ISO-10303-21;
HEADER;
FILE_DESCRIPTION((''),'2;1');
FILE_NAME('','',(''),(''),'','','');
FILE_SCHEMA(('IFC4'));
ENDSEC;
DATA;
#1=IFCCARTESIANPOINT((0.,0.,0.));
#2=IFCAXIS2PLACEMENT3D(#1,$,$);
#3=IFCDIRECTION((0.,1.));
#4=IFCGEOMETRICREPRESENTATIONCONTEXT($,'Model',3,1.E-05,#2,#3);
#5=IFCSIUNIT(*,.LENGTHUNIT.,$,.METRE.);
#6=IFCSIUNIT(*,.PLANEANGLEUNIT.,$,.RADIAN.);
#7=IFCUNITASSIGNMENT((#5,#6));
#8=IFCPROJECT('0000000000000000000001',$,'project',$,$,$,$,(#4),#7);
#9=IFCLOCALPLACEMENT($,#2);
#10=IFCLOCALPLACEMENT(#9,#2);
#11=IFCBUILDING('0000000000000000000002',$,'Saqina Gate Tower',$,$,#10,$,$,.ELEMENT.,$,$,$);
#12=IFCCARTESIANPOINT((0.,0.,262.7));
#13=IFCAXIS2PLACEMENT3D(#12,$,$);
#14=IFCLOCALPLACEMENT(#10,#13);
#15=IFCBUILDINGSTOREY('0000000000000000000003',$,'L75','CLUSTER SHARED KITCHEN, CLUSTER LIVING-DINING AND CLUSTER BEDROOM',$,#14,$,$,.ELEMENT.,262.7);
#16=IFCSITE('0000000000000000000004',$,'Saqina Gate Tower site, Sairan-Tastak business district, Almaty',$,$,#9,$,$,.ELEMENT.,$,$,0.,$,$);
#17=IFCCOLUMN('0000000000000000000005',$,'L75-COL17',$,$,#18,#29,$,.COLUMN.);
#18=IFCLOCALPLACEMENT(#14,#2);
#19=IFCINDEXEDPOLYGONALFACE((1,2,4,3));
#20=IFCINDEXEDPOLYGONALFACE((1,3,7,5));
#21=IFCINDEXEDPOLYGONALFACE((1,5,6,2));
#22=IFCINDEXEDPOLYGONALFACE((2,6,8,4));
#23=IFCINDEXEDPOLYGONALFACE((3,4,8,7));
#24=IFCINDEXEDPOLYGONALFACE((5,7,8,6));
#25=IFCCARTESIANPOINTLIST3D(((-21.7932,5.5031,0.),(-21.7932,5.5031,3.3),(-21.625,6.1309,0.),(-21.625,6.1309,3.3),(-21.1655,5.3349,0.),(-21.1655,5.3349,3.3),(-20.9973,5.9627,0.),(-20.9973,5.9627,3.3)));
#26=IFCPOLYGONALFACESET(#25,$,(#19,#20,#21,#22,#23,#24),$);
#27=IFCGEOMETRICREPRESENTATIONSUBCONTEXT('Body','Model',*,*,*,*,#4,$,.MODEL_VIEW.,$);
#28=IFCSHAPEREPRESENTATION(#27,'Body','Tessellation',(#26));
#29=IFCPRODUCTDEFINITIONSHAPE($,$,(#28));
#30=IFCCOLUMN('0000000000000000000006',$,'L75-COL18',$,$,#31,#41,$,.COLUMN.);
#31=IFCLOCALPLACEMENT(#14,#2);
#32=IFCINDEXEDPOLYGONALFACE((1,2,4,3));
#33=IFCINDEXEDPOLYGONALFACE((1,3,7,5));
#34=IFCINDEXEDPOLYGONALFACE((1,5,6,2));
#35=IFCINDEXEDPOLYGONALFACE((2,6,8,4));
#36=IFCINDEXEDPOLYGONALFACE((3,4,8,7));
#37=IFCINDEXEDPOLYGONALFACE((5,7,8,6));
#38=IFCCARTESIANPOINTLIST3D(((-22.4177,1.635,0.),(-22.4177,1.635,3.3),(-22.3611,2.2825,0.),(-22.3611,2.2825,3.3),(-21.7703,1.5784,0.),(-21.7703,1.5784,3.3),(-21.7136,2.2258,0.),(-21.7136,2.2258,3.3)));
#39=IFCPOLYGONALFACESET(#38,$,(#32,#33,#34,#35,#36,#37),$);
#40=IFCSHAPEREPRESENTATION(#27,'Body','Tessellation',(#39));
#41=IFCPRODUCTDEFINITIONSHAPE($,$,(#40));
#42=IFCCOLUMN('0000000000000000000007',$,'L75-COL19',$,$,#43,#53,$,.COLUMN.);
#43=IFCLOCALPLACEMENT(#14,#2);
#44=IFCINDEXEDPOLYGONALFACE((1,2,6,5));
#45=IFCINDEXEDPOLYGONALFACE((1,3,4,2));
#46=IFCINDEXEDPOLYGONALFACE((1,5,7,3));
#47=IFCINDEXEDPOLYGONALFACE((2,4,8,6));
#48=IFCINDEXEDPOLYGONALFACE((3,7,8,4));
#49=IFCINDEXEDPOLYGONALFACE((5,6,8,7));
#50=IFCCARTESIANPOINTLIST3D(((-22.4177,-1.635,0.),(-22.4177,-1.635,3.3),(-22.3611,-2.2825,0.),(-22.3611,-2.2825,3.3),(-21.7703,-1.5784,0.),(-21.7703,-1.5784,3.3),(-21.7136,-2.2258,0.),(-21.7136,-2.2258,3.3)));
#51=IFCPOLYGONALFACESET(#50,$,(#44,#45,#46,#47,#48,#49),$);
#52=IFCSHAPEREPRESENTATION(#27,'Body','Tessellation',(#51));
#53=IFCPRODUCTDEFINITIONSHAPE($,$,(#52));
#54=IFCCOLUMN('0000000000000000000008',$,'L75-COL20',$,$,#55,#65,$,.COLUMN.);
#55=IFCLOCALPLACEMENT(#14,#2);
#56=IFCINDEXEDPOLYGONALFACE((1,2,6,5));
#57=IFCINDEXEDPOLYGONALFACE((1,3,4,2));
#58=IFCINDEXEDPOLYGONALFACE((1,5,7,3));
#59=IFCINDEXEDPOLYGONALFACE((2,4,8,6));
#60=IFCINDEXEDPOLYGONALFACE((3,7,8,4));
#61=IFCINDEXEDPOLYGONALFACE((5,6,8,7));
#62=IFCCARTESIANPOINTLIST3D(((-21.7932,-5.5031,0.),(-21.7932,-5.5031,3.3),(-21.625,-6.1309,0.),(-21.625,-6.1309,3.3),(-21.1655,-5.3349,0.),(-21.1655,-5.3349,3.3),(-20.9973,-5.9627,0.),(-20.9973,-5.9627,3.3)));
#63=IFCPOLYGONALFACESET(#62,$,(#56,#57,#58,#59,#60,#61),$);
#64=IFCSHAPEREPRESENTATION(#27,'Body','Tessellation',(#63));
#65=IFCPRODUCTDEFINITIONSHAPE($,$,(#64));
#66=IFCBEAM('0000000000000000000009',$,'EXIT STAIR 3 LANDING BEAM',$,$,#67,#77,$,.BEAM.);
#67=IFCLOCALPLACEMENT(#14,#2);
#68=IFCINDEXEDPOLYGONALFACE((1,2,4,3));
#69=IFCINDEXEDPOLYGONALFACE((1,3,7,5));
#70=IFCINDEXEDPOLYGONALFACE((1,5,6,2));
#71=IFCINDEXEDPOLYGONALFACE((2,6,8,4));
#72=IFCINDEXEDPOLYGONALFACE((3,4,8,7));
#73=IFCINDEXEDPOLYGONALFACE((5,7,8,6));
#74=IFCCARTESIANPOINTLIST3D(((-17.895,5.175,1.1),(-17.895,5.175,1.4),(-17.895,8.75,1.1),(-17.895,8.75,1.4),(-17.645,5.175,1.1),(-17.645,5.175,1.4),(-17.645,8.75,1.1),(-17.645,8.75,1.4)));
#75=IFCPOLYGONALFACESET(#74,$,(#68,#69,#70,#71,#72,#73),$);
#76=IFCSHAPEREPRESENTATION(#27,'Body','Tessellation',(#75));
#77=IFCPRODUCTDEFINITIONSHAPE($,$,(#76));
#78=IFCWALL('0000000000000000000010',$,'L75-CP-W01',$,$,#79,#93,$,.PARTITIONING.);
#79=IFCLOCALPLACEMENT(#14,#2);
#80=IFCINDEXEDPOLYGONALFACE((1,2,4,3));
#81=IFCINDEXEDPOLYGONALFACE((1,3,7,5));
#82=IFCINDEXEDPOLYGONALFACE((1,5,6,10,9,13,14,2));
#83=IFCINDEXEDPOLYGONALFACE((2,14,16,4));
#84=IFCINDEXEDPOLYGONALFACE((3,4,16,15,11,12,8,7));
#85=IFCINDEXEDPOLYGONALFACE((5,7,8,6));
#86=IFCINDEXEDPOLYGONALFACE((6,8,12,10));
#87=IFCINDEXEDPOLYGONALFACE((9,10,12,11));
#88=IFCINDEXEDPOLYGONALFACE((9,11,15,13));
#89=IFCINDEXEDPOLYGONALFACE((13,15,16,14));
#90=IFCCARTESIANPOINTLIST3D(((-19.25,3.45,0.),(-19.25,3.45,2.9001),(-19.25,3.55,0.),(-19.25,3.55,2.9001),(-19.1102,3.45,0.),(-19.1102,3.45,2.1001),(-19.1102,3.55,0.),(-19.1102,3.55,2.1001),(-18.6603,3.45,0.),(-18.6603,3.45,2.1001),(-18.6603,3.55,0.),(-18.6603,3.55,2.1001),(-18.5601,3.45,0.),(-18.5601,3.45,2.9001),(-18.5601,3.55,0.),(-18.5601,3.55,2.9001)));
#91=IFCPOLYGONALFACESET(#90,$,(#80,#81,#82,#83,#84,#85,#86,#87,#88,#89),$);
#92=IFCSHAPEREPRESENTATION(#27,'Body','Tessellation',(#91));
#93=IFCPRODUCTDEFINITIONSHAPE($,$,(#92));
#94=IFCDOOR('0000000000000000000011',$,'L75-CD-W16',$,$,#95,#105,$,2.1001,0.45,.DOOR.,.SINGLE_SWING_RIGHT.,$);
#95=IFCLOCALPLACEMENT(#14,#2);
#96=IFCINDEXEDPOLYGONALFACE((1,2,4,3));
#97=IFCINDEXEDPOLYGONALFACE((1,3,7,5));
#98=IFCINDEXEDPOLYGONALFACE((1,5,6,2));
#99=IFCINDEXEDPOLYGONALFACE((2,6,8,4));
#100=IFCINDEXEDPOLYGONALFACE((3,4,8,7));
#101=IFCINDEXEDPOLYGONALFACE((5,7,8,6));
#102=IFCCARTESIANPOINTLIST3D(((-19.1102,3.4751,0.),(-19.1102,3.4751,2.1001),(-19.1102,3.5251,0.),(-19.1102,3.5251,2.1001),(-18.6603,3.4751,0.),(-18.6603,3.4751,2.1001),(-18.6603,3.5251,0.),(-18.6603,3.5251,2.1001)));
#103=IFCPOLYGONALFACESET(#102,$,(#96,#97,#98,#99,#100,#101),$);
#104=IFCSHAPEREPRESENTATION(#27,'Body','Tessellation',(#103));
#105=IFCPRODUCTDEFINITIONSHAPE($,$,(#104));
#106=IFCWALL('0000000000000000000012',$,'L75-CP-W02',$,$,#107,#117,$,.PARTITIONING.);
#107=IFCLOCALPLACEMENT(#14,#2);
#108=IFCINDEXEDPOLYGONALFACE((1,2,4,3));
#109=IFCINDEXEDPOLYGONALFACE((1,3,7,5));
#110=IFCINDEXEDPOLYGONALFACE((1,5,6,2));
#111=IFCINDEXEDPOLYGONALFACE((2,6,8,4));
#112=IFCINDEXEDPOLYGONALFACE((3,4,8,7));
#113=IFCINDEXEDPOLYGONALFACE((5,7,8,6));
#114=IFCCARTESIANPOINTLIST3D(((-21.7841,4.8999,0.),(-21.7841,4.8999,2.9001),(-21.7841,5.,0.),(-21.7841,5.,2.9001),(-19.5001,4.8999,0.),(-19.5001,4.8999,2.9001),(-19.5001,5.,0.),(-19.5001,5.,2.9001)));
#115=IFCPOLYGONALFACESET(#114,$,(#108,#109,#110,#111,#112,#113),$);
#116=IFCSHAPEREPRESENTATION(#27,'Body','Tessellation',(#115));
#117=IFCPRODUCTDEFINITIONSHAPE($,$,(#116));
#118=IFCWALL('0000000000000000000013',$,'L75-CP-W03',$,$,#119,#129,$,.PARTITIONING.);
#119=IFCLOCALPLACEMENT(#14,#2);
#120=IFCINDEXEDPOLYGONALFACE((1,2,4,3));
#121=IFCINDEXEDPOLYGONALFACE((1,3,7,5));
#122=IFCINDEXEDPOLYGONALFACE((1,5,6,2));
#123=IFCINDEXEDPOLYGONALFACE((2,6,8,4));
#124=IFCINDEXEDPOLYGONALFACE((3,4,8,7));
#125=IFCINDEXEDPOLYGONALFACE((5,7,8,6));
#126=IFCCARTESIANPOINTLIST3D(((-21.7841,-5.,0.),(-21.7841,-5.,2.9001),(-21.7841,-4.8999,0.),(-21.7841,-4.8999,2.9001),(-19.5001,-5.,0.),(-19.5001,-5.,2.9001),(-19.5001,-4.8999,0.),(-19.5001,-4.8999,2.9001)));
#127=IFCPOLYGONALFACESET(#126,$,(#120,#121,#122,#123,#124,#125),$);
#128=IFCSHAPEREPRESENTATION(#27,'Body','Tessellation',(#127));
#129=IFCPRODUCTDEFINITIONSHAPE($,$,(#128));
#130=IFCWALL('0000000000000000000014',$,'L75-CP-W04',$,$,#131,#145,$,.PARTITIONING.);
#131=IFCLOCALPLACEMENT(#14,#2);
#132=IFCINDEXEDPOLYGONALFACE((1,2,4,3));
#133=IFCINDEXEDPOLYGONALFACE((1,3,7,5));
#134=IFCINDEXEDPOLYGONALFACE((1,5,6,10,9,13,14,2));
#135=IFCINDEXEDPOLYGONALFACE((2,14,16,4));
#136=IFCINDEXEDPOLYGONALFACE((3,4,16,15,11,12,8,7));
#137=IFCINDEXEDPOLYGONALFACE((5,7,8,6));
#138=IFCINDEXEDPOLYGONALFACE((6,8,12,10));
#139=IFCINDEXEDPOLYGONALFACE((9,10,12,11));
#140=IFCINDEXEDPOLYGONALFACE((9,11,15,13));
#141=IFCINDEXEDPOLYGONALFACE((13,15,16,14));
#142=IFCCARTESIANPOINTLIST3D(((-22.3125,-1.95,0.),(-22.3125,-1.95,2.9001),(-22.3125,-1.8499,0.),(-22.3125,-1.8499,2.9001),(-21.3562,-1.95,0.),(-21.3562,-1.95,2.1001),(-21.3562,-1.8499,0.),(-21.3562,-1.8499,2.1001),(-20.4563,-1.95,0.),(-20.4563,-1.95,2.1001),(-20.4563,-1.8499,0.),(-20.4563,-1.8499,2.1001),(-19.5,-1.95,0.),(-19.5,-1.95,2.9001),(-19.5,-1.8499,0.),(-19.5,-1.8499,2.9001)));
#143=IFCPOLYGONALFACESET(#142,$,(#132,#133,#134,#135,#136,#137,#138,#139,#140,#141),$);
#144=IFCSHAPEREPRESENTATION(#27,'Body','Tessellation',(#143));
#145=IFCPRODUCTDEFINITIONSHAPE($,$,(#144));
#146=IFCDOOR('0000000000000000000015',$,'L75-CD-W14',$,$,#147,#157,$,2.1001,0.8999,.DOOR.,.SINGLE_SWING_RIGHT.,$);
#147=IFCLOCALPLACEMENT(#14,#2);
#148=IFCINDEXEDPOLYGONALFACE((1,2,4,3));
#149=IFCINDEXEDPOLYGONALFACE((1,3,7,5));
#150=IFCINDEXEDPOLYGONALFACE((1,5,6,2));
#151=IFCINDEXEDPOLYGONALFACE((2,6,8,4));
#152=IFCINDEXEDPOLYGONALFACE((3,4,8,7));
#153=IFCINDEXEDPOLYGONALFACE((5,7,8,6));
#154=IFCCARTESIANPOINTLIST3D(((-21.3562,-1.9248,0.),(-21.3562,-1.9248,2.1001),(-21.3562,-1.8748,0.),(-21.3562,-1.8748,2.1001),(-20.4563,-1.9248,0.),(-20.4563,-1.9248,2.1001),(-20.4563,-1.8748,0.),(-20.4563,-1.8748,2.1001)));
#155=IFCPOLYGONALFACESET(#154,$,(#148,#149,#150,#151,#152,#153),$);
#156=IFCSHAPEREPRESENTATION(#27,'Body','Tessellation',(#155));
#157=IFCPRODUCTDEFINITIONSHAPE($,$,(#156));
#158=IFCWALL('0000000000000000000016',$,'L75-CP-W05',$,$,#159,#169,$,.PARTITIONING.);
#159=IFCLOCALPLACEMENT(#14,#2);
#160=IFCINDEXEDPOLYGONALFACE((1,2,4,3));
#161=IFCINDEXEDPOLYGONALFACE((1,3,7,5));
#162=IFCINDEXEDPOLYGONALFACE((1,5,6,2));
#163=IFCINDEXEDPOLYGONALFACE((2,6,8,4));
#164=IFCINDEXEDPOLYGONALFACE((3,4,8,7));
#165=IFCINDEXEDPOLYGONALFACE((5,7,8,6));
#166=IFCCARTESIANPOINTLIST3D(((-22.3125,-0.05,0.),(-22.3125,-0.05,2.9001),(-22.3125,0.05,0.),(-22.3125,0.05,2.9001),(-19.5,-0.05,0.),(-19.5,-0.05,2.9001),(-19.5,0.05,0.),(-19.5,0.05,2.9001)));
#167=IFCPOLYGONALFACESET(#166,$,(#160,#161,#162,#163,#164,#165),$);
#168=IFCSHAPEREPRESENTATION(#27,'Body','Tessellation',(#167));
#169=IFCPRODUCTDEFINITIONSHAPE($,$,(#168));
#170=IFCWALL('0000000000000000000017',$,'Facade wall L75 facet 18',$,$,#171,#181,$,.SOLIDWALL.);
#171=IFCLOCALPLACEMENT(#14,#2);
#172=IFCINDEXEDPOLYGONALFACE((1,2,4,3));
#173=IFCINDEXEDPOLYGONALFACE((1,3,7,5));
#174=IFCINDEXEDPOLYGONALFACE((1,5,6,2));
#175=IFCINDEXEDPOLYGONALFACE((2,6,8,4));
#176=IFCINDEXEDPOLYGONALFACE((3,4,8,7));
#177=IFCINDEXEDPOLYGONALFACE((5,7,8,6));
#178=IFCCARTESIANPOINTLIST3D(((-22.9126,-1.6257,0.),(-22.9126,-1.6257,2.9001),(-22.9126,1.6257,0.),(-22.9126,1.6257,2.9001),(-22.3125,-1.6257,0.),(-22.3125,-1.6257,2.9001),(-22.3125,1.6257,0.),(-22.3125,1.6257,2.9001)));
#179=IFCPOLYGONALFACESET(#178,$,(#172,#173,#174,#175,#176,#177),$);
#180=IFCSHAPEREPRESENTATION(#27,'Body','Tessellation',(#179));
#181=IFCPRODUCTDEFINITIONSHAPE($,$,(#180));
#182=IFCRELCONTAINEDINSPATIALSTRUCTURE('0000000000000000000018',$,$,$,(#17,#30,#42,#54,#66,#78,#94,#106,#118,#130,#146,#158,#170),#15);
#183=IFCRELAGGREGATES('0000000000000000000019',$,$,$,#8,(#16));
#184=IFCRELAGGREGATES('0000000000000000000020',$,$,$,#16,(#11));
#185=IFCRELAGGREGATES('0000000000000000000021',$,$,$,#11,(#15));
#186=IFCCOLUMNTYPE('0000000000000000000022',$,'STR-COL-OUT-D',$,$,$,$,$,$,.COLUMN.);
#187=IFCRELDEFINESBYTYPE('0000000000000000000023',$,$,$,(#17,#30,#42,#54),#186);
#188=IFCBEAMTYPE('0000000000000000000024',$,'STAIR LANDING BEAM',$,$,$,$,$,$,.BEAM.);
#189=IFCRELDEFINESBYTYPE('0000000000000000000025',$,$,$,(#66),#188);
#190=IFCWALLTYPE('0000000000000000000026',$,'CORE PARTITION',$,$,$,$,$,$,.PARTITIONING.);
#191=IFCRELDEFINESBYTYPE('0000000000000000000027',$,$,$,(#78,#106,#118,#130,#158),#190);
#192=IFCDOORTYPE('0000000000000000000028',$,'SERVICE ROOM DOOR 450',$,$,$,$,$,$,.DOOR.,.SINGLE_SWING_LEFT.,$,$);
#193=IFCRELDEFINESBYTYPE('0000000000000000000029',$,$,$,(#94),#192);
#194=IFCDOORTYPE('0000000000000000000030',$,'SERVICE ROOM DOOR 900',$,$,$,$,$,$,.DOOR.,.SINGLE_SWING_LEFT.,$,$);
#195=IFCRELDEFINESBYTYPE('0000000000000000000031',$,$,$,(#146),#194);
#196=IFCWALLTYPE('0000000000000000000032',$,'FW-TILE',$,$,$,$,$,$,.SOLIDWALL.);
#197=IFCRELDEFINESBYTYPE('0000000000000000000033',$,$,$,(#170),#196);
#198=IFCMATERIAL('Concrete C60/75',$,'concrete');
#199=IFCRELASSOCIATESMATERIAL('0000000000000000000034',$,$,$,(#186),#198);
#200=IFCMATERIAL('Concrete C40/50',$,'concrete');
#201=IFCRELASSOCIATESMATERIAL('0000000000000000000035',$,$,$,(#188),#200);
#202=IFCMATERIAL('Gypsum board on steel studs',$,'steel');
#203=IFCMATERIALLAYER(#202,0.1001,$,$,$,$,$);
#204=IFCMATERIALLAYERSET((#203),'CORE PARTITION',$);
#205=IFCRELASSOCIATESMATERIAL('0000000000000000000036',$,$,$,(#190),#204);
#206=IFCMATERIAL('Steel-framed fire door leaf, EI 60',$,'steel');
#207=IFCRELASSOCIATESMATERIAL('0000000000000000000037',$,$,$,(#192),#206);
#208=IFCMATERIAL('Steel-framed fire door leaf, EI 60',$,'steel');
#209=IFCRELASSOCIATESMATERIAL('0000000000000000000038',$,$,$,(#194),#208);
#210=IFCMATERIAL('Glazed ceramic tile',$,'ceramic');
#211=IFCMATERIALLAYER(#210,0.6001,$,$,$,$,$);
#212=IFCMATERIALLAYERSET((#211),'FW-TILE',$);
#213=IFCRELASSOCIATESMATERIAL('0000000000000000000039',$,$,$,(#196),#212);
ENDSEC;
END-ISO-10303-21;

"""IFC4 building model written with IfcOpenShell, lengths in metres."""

from ifc_helpers import new_model, si_unit, direction, frame, frame_2d, origin, origin_2d, place, context, subcontext, project, spatial, rectangle, extrude, material, layer, layer_set, material_profile, profile_set, type_object, element, fill, save


model = new_model("IFC4")

# Units and contexts
model_context = context("Model", 3, precision=1e-05, world=origin(), true_north=direction((0.0, 1.0)))
body_context = subcontext(model_context, "Body", "Model", "MODEL_VIEW")
ifc_project = project(units=[si_unit("LENGTHUNIT", "METRE"), si_unit("PLANEANGLEUNIT", "RADIAN")], contexts=[model_context])

# Site, building, storey
site_placement = place(None, origin())
site = spatial("IfcSite", under=ifc_project, at=site_placement, Name="Saqina Gate Tower site, Sairan-Tastak business district, Almaty", CompositionType="ELEMENT", RefElevation=0.0)
building_placement = place(site_placement, origin())
building = spatial("IfcBuilding", under=site, at=building_placement, Name="Saqina Gate Tower", CompositionType="ELEMENT")
storey_placement = place(building_placement, frame((0.0, 0.0, 262.7)))
storey = spatial("IfcBuildingStorey", under=building, at=storey_placement, Name="L75", Description="CLUSTER SHARED KITCHEN, CLUSTER LIVING-DINING AND CLUSTER BEDROOM", CompositionType="ELEMENT", Elevation=262.7)

# Columns
ifc_material_1 = material(Name="Concrete C60/75", Category="concrete")
ifc_material_profile_1 = material_profile(ifc_material_1, rectangle(XDim=0.6499, YDim=0.6499, at=origin_2d()), Name="RC 650x650")
ifc_profile_set_1 = profile_set([ifc_material_profile_1], Name="Concrete C60/75")
column_type = type_object("IfcColumnType", Name="STR-COL-OUT-D", PredefinedType="COLUMN", material=ifc_profile_set_1)
for number, where, z_axis, x_axis, name in (
    (1, (-21.3953, 5.7329, 0.0), (0.0, 0.0, 1.0), (-0.965926, 0.258819, 0.0), "L75-COL17"),
    (2, (-22.0657, 1.9304, 0.0), (0.0, 0.0, 1.0), (-0.996195, 0.087156, 0.0), "L75-COL18"),
    (3, (-22.0657, -1.9304, 0.0), (0.0, 0.0, 1.0), (-0.996195, -0.087156, 0.0), "L75-COL19"),
    (4, (-21.3953, -5.7329, 0.0), (0.0, 0.0, 1.0), (-0.965926, -0.258819, 0.0), "L75-COL20"),
):
    element("IfcColumn", number, at=place(storey_placement, frame(where, z_axis=z_axis, x_axis=x_axis)), inside=storey, type_object=column_type, Name=name, PredefinedType="COLUMN", context=body_context, shape_type="SweptSolid", body=[
        extrude(rectangle(XDim=0.6499, YDim=0.6499, at=origin_2d()), origin(), (0.0, 0.0, 1.0), 3.3),
    ])

# Beam
ifc_material_2 = material(Name="Concrete C40/50", Category="concrete")
ifc_material_profile_2 = material_profile(ifc_material_2, rectangle(XDim=0.25, YDim=0.3, at=origin_2d()), Name="STAIR LANDING BEAM")
ifc_profile_set_2 = profile_set([ifc_material_profile_2], Name="Concrete C40/50")
beam_type = type_object("IfcBeamType", Name="STAIR LANDING BEAM", PredefinedType="BEAM", material=ifc_profile_set_2)
beam_placement = place(storey_placement, frame((-17.77, 5.175, 1.25), z_axis=(0.0, 1.0, 0.0), x_axis=(-1.0, 0.0, 0.0)))
element("IfcBeam", 5, at=beam_placement, inside=storey, type_object=beam_type, Name="EXIT STAIR 3 LANDING BEAM", PredefinedType="BEAM", context=body_context, shape_type="SweptSolid", body=[
    extrude(rectangle(XDim=0.25, YDim=0.3, at=origin_2d()), origin(), (0.0, 0.0, 1.0), 3.575),
])

# Wall, opening, door
ifc_material_3 = material(Name="Gypsum board on steel studs", Category="steel")
ifc_layer_1 = layer(ifc_material_3, 0.1001)
ifc_layer_set_1 = layer_set([ifc_layer_1], Name="CORE PARTITION")
wall_type_1 = type_object("IfcWallType", Name="CORE PARTITION", PredefinedType="PARTITIONING", material=ifc_layer_set_1)
wall_1_placement = place(storey_placement, frame((-18.5601, 3.5, 0.0), z_axis=(0.0, 0.0, 1.0), x_axis=(-1.0, 0.0, 0.0)))
wall_1 = element("IfcWall", 6, at=wall_1_placement, inside=storey, type_object=wall_type_1, Name="L75-CP-W01", PredefinedType="PARTITIONING", context=body_context, shape_type="SweptSolid", body=[
    extrude(rectangle(XDim=0.6899, YDim=0.1001, at=frame_2d((0.345, 0.0))), origin(), (0.0, 0.0, 1.0), 2.9001),
])
opening_1_placement = place(wall_1_placement, frame((0.1001, 0.0, 0.0)))
opening_1 = element("IfcOpeningElement", 7, at=opening_1_placement, cuts=wall_1, PredefinedType="OPENING", context=body_context, shape_type="SweptSolid", body=[
    extrude(rectangle(XDim=0.45, YDim=2.1001, at=frame_2d((0.2251, 1.05))), frame((0.0, 0.062, 0.0), z_axis=(0.0, -1.0, 0.0), x_axis=(1.0, 0.0, 0.0)), (0.0, 0.0, 1.0), 0.124),
])
ifc_material_4 = material(Name="Steel-framed fire door leaf, EI 60", Category="steel")
door_type_1 = type_object("IfcDoorType", Name="SERVICE ROOM DOOR 450", OperationType="SINGLE_SWING_LEFT", PredefinedType="DOOR", material=ifc_material_4)
door_1_placement = place(opening_1_placement, origin())
door_1 = element("IfcDoor", 8, at=door_1_placement, inside=storey, type_object=door_type_1, Name="L75-CD-W16", OperationType="SINGLE_SWING_RIGHT", OverallHeight=2.1001, OverallWidth=0.45, PredefinedType="DOOR", context=body_context, shape_type="SweptSolid", body=[
    extrude(rectangle(XDim=0.45, YDim=2.1001, at=frame_2d((0.2251, 1.05))), frame((0.0, 0.0249, 0.0), z_axis=(0.0, -1.0, 0.0), x_axis=(1.0, 0.0, 0.0)), (0.0, 0.0, 1.0), 0.05),
])
fill(opening_1, door_1)

# Walls
for number, where, z_axis, x_axis, name in (
    (9, (-19.5, 4.95, 0.0), (0.0, 0.0, 1.0), (-1.0, 0.0, 0.0), "L75-CP-W02"),
    (10, (-19.5, -4.95, 0.0), (0.0, 0.0, 1.0), (-1.0, 0.0, 0.0), "L75-CP-W03"),
):
    element("IfcWall", number, at=place(storey_placement, frame(where, z_axis=z_axis, x_axis=x_axis)), inside=storey, type_object=wall_type_1, Name=name, PredefinedType="PARTITIONING", context=body_context, shape_type="SweptSolid", body=[
        extrude(rectangle(XDim=2.2839, YDim=0.1001, at=frame_2d((1.1421, 0.0))), origin(), (0.0, 0.0, 1.0), 2.9001),
    ])

# Wall, opening, door
wall_2_placement = place(storey_placement, frame((-19.5, -1.8999, 0.0), z_axis=(0.0, 0.0, 1.0), x_axis=(-1.0, 0.0, 0.0)))
wall_2 = element("IfcWall", 11, at=wall_2_placement, inside=storey, type_object=wall_type_1, Name="L75-CP-W04", PredefinedType="PARTITIONING", context=body_context, shape_type="SweptSolid", body=[
    extrude(rectangle(XDim=2.8125, YDim=0.1001, at=frame_2d((1.4062, 0.0))), origin(), (0.0, 0.0, 1.0), 2.9001),
])
opening_2_placement = place(wall_2_placement, frame((0.9563, 0.0, 0.0)))
opening_2 = element("IfcOpeningElement", 12, at=opening_2_placement, cuts=wall_2, PredefinedType="OPENING", context=body_context, shape_type="SweptSolid", body=[
    extrude(rectangle(XDim=0.8999, YDim=2.1001, at=frame_2d((0.45, 1.05))), frame((0.0, 0.062, 0.0), z_axis=(0.0, -1.0, 0.0), x_axis=(1.0, 0.0, 0.0)), (0.0, 0.0, 1.0), 0.124),
])
ifc_material_5 = material(Name="Steel-framed fire door leaf, EI 60", Category="steel")
door_type_2 = type_object("IfcDoorType", Name="SERVICE ROOM DOOR 900", OperationType="SINGLE_SWING_LEFT", PredefinedType="DOOR", material=ifc_material_5)
door_2_placement = place(opening_2_placement, origin())
door_2 = element("IfcDoor", 13, at=door_2_placement, inside=storey, type_object=door_type_2, Name="L75-CD-W14", OperationType="SINGLE_SWING_RIGHT", OverallHeight=2.1001, OverallWidth=0.8999, PredefinedType="DOOR", context=body_context, shape_type="SweptSolid", body=[
    extrude(rectangle(XDim=0.8999, YDim=2.1001, at=frame_2d((0.45, 1.05))), frame((0.0, 0.0249, 0.0), z_axis=(0.0, -1.0, 0.0), x_axis=(1.0, 0.0, 0.0)), (0.0, 0.0, 1.0), 0.05),
])
fill(opening_2, door_2)

# Walls
wall_3_placement = place(storey_placement, frame((-19.5, 0.0, 0.0), z_axis=(0.0, 0.0, 1.0), x_axis=(-1.0, 0.0, 0.0)))
element("IfcWall", 14, at=wall_3_placement, inside=storey, type_object=wall_type_1, Name="L75-CP-W05", PredefinedType="PARTITIONING", context=body_context, shape_type="SweptSolid", body=[
    extrude(rectangle(XDim=2.8125, YDim=0.1001, at=frame_2d((1.4062, 0.0))), origin(), (0.0, 0.0, 1.0), 2.9001),
])
ifc_material_6 = material(Name="Glazed ceramic tile", Category="ceramic")
ifc_layer_2 = layer(ifc_material_6, 0.6001)
ifc_layer_set_2 = layer_set([ifc_layer_2], Name="FW-TILE")
wall_type_2 = type_object("IfcWallType", Name="FW-TILE", PredefinedType="SOLIDWALL", material=ifc_layer_set_2)
wall_4_placement = place(storey_placement, frame((-22.6125, 1.6257, 0.0), z_axis=(0.0, 0.0, 1.0), x_axis=(0.0, -1.0, 0.0)))
element("IfcWall", 15, at=wall_4_placement, inside=storey, type_object=wall_type_2, Name="Facade wall L75 facet 18", PredefinedType="SOLIDWALL", context=body_context, shape_type="SweptSolid", body=[
    extrude(rectangle(XDim=3.2515, YDim=0.6001, at=frame_2d((1.6257, 0.0))), origin(), (0.0, 0.0, 1.0), 2.9001),
])

save(model, "model.ifc")
